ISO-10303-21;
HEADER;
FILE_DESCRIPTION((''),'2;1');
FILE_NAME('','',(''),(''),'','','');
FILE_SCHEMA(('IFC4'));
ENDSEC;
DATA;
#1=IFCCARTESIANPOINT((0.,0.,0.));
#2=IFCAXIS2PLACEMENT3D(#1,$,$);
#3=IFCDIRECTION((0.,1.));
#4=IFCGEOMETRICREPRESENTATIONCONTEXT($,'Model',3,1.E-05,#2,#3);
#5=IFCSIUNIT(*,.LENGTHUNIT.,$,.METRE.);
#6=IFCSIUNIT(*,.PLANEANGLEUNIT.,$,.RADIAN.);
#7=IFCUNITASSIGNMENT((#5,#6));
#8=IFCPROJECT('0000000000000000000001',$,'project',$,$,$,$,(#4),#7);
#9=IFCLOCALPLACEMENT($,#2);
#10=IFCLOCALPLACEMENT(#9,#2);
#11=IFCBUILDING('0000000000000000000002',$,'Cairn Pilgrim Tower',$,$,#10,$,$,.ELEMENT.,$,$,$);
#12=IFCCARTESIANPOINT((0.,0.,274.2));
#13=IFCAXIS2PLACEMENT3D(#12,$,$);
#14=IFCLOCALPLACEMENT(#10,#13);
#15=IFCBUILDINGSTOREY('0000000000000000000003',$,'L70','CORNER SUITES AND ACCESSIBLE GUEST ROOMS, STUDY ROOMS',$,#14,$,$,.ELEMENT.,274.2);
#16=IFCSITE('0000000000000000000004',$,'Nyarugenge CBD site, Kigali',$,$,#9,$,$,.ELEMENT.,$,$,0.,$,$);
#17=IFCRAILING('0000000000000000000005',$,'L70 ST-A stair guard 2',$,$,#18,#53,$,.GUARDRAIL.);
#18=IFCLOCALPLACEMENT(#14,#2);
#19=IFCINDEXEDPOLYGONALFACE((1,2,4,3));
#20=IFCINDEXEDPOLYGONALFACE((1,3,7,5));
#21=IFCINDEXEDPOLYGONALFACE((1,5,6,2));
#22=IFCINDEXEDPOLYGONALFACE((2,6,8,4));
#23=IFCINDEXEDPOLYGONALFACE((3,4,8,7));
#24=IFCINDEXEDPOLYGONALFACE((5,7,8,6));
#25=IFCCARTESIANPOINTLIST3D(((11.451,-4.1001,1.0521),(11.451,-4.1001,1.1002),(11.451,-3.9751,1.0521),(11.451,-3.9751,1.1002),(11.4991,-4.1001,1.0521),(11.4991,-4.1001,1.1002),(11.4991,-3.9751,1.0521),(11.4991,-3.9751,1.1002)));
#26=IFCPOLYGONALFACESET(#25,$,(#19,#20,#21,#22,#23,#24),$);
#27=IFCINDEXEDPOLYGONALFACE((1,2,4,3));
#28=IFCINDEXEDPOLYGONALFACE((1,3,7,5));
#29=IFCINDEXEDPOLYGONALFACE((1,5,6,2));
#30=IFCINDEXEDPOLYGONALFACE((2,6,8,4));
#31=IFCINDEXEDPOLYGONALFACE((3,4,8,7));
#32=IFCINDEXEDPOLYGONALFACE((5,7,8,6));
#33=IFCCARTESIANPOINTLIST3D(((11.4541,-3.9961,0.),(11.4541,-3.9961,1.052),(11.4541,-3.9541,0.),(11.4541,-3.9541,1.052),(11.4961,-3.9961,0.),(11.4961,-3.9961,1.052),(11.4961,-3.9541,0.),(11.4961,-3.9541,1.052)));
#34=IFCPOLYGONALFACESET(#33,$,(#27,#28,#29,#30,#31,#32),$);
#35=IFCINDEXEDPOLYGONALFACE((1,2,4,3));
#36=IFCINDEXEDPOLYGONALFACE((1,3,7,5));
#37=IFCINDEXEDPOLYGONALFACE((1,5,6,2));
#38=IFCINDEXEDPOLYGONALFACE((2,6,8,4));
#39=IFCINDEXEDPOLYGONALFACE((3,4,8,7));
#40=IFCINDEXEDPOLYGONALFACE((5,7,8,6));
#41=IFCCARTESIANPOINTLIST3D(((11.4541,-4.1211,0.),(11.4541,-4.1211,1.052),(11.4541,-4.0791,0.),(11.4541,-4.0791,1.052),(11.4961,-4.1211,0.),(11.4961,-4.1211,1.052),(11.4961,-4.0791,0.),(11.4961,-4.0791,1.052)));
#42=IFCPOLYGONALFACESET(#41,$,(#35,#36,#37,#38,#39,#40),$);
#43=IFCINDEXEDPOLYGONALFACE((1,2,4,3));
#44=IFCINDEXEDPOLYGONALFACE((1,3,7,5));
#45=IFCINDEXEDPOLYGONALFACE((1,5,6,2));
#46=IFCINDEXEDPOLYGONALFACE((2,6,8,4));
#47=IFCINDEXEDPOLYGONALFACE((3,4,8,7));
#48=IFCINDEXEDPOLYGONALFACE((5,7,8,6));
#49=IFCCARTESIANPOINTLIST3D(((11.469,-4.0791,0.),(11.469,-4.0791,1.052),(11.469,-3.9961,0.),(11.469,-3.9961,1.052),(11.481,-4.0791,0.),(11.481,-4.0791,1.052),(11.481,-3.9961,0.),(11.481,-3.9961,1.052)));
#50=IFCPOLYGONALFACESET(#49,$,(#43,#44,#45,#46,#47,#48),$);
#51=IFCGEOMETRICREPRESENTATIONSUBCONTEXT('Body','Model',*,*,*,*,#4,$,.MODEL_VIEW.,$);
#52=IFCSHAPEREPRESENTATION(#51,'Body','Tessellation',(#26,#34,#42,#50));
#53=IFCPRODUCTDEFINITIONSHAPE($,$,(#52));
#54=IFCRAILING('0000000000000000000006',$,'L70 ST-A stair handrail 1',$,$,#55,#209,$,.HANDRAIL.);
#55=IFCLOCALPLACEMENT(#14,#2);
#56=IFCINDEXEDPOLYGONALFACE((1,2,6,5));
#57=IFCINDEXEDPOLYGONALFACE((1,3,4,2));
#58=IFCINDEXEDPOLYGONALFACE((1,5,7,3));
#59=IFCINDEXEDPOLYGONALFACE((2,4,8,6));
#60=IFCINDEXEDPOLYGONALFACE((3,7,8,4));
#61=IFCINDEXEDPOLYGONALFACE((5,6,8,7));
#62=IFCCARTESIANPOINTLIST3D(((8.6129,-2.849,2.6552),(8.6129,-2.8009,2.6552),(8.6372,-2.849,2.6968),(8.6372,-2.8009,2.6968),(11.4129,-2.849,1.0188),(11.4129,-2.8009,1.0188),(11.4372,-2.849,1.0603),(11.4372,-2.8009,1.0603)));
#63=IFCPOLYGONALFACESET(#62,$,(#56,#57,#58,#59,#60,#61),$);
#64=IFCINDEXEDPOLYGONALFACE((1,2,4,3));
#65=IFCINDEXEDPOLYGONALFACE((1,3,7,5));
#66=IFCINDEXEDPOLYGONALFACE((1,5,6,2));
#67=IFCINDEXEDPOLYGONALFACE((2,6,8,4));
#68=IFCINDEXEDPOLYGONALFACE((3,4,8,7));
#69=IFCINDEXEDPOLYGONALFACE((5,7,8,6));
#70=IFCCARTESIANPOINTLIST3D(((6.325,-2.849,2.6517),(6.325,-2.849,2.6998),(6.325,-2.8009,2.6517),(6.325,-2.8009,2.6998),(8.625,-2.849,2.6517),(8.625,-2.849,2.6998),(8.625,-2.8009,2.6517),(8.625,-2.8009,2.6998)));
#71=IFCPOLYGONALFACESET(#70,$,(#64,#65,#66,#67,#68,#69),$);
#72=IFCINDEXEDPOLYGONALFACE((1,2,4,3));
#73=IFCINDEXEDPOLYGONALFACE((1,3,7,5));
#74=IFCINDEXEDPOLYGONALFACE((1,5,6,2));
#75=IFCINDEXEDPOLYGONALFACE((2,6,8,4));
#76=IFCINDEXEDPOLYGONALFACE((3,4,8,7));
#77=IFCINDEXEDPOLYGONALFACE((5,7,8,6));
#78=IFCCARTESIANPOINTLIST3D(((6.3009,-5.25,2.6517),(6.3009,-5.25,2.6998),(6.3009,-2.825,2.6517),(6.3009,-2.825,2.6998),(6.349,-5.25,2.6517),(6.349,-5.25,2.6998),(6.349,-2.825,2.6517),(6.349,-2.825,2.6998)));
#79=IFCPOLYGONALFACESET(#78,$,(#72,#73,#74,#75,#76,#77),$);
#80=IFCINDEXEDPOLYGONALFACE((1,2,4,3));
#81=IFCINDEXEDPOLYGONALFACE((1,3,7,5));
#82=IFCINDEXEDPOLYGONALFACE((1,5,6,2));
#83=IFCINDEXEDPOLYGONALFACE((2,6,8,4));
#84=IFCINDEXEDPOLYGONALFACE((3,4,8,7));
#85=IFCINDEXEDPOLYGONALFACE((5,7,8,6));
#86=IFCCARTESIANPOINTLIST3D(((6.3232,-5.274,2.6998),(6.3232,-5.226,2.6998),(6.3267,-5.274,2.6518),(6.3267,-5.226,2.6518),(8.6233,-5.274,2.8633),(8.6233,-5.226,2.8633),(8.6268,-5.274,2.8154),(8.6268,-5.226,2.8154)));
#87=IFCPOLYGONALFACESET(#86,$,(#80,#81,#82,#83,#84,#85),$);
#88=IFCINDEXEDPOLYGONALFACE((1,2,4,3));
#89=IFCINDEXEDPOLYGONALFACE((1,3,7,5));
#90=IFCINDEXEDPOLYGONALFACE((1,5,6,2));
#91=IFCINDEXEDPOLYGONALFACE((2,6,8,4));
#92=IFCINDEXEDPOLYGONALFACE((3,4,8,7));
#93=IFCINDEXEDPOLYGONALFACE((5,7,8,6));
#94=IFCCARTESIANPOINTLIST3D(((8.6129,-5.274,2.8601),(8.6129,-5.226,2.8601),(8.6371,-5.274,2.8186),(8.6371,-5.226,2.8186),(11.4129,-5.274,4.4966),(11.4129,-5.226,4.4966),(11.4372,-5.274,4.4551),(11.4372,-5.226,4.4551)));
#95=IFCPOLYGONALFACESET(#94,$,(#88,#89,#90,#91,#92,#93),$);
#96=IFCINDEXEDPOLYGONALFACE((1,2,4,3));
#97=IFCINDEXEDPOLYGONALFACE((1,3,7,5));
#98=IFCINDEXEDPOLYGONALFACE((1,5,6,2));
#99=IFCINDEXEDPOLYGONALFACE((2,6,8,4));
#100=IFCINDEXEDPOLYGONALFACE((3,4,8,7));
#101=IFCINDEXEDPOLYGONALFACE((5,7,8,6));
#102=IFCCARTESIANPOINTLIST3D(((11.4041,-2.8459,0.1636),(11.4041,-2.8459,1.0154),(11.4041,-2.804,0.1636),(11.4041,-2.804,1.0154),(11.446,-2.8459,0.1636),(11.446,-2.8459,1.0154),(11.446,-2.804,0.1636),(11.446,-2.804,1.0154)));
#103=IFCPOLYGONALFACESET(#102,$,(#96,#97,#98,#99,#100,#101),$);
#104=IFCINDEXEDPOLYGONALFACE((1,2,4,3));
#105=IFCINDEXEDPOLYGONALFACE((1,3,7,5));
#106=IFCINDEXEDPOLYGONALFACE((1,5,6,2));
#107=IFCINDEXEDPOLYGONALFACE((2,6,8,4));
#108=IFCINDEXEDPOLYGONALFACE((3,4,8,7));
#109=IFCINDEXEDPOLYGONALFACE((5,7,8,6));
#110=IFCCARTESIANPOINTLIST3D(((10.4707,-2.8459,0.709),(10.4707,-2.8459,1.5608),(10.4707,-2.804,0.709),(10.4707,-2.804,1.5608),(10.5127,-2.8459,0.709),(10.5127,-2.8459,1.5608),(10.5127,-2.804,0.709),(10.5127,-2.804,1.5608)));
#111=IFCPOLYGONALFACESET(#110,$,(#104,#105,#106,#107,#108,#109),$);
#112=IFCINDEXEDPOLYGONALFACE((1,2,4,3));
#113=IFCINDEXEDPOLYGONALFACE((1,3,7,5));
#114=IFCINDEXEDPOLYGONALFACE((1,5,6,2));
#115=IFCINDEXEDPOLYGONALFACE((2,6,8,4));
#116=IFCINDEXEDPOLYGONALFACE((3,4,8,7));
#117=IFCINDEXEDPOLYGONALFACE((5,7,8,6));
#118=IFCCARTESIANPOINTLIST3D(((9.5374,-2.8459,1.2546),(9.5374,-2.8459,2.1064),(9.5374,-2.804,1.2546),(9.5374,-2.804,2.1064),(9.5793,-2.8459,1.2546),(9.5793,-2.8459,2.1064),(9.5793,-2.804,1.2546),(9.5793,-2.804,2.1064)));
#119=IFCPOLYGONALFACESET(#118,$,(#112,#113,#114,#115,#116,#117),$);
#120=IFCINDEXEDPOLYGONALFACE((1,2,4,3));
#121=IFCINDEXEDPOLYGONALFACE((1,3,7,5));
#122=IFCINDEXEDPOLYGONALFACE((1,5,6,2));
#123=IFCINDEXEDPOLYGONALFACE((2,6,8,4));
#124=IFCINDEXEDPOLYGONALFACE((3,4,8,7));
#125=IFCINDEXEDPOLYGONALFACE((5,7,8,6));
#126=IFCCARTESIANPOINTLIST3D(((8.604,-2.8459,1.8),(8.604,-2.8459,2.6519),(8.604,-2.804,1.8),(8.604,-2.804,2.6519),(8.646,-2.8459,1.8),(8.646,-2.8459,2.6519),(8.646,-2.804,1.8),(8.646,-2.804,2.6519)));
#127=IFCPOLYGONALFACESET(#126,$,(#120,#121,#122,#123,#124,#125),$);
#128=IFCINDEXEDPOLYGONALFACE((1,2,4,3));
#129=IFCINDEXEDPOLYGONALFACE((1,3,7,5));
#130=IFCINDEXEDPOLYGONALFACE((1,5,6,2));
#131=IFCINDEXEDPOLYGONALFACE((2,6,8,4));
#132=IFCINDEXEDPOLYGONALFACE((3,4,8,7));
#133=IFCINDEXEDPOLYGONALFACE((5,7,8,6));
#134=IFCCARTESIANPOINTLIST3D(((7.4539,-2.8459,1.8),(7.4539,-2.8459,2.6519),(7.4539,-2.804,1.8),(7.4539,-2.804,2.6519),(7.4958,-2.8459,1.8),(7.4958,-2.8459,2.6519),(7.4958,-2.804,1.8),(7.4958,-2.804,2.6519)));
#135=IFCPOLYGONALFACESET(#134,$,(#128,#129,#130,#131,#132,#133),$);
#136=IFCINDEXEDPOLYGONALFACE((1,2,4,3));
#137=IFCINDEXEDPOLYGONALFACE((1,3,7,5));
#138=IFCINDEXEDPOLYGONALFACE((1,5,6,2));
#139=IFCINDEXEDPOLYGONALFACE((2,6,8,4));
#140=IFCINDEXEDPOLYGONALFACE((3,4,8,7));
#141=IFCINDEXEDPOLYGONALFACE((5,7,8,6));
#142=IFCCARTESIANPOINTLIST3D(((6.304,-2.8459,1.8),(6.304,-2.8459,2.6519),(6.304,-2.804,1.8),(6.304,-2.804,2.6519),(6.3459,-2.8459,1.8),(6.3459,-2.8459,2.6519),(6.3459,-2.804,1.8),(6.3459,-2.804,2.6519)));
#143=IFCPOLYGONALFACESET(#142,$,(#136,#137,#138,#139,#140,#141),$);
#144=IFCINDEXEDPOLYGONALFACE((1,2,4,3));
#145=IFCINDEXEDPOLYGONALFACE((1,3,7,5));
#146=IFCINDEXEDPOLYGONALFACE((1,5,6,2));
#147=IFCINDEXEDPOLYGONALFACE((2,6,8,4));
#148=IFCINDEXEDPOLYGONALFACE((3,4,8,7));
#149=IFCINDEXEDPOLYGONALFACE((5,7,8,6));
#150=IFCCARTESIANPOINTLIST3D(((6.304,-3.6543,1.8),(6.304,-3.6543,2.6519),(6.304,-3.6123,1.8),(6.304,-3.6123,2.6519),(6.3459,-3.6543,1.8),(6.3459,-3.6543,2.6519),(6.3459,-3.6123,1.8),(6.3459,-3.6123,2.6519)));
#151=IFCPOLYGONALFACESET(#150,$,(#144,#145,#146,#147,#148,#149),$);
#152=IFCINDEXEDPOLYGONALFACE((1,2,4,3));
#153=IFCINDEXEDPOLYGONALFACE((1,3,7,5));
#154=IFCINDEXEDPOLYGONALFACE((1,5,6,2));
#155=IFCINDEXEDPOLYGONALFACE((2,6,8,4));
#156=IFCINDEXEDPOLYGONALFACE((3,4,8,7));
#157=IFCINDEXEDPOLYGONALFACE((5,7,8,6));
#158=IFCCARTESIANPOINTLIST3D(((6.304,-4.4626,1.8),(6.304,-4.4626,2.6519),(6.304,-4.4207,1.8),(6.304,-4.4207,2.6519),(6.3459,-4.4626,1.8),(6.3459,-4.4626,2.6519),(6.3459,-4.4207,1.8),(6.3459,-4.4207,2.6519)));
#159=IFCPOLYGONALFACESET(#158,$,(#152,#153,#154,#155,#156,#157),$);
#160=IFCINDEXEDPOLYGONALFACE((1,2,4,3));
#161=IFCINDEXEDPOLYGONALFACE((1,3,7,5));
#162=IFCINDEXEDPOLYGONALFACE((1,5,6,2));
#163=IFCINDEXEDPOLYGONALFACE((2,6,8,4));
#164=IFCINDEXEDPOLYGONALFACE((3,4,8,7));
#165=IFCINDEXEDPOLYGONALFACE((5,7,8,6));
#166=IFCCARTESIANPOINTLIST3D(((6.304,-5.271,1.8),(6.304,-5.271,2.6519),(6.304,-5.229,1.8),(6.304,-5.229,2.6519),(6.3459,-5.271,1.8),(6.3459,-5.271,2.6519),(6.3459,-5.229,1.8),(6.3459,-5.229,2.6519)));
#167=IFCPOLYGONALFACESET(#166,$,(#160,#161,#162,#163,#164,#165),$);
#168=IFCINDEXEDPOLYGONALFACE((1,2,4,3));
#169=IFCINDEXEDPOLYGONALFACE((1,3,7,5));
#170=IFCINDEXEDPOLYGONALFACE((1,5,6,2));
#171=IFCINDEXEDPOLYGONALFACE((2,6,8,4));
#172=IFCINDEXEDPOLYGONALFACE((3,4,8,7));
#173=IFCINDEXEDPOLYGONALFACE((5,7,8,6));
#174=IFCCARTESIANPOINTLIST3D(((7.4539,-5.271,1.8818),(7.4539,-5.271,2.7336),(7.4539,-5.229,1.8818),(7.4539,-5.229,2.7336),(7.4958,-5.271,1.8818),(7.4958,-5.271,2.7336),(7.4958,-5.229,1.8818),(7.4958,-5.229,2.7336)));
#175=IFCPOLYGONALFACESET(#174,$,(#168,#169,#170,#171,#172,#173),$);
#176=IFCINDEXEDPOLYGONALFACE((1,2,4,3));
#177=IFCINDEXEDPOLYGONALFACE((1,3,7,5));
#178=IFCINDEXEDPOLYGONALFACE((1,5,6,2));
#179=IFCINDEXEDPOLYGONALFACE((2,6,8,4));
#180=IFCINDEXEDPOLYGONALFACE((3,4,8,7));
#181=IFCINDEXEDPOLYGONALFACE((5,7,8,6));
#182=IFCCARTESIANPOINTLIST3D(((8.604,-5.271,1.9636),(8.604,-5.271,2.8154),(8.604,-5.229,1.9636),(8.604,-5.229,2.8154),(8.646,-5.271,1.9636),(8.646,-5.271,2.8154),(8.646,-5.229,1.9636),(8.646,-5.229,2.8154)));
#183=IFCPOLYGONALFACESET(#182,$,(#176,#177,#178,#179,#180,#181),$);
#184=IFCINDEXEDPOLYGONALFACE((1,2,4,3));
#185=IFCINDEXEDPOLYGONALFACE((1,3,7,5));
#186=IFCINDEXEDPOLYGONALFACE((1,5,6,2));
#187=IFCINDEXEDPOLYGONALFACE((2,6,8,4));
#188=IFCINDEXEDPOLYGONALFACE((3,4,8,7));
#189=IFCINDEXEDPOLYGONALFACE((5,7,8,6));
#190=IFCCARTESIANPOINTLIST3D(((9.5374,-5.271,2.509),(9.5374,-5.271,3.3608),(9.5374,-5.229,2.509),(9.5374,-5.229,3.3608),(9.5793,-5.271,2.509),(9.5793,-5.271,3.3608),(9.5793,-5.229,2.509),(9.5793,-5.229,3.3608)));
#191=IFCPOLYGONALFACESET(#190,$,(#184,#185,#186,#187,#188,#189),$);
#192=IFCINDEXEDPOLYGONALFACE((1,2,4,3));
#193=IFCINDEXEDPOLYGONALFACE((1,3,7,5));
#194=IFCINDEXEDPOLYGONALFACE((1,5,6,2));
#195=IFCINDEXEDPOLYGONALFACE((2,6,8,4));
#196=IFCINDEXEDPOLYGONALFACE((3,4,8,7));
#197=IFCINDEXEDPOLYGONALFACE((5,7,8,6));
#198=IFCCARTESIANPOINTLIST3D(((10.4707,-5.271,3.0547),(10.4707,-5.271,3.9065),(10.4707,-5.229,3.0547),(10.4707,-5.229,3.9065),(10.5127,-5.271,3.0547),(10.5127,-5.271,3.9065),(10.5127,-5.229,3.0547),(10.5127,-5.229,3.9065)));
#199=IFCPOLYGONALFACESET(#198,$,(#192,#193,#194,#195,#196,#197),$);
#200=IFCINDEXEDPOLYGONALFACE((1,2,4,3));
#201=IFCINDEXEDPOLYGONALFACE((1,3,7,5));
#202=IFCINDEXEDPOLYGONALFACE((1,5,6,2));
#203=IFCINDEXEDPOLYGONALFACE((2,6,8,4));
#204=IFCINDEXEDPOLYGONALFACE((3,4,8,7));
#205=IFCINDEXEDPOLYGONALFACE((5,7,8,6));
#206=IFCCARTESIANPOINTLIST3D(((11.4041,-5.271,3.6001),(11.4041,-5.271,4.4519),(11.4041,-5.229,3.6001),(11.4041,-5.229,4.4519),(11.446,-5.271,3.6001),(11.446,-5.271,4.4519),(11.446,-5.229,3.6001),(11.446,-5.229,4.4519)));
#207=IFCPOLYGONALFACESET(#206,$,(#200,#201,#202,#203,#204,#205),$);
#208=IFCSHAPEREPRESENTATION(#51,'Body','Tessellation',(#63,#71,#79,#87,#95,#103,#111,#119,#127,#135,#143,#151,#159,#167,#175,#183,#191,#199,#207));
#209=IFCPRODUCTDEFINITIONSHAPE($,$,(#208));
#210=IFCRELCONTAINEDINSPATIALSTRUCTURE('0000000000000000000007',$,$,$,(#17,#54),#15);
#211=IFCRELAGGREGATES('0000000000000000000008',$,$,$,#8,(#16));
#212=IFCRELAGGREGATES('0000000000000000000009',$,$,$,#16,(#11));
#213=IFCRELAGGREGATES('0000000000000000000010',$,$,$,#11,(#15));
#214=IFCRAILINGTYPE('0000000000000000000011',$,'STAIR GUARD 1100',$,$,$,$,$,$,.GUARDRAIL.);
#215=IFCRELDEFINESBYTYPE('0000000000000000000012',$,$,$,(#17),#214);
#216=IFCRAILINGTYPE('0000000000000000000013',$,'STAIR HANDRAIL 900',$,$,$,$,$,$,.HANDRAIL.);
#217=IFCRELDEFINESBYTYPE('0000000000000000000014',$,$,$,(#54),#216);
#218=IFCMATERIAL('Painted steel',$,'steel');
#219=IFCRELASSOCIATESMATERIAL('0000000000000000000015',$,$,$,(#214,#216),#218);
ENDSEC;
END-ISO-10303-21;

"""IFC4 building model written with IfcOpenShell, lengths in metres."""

from ifc_helpers import new_model, si_unit, direction, frame, origin, origin_2d, place, context, subcontext, project, spatial, polyline, rectangle, outline, extrude, material, type_object, element, save


model = new_model("IFC4")

# Units and contexts
model_context = context("Model", 3, precision=1e-05, world=origin(), true_north=direction((0.0, 1.0)))
body_context = subcontext(model_context, "Body", "Model", "MODEL_VIEW")
ifc_project = project(units=[si_unit("LENGTHUNIT", "METRE"), si_unit("PLANEANGLEUNIT", "RADIAN")], contexts=[model_context])

# Site, building, storey
site_placement = place(None, origin())
site = spatial("IfcSite", under=ifc_project, at=site_placement, Name="Nyarugenge CBD site, Kigali", CompositionType="ELEMENT", RefElevation=0.0)
building_placement = place(site_placement, origin())
building = spatial("IfcBuilding", under=site, at=building_placement, Name="Cairn Pilgrim Tower", CompositionType="ELEMENT")
storey_placement = place(building_placement, frame((0.0, 0.0, 274.2)))
storey = spatial("IfcBuildingStorey", under=building, at=storey_placement, Name="L70", Description="CORNER SUITES AND ACCESSIBLE GUEST ROOMS, STUDY ROOMS", CompositionType="ELEMENT", Elevation=274.2)

# Shared definitions
ifc_material_1 = material(Name="Painted steel", Category="steel")

# Railings
railing_type_1 = type_object("IfcRailingType", Name="STAIR GUARD 1100", PredefinedType="GUARDRAIL", material=ifc_material_1)
railing_1_placement = place(storey_placement, frame((11.4751, -3.9751, 0.0)))
element("IfcRailing", 1, at=railing_1_placement, inside=storey, type_object=railing_type_1, Name="L70 ST-A stair guard 2", PredefinedType="GUARDRAIL", context=body_context, shape_type="SweptSolid", body=[
    extrude(rectangle(XDim=0.0481, YDim=0.0481, at=origin_2d()), frame((0.0, 0.0, 1.0762), z_axis=(0.0, -1.0, 0.0), x_axis=(1.0, 0.0, 0.0)), (0.0, 0.0, 1.0), 0.125),
    extrude(rectangle(XDim=0.042, YDim=0.042, at=origin_2d()), origin(), (0.0, 0.0, 1.0), 1.052),
    extrude(rectangle(XDim=0.042, YDim=0.042, at=origin_2d()), frame((0.0, -0.125, 0.0)), (0.0, 0.0, 1.0), 1.052),
    extrude(outline(polyline([(0.021, 0.0), (0.104, 0.0), (0.104, 1.052), (0.021, 1.052), (0.021, 0.0)])), frame((0.0059, 0.0, 0.0), z_axis=(-1.0, 0.0, 0.0), x_axis=(0.0, -1.0, 0.0)), (0.0, 0.0, 1.0), 0.012),
])
railing_type_2 = type_object("IfcRailingType", Name="STAIR HANDRAIL 900", PredefinedType="HANDRAIL", material=ifc_material_1)
railing_2_placement = place(storey_placement, frame((11.425, -2.825, 0.1636)))
element("IfcRailing", 2, at=railing_2_placement, inside=storey, type_object=railing_type_2, Name="L70 ST-A stair handrail 1", PredefinedType="HANDRAIL", context=body_context, shape_type="SweptSolid", body=[
    extrude(rectangle(XDim=0.0481, YDim=0.0481, at=origin_2d()), frame((0.0, 0.0, 0.876), z_axis=(-0.863361, 0.0, 0.504587), x_axis=(0.0, -1.0, 0.0)), (0.0, 0.0, 1.0), 3.2432),
    extrude(rectangle(XDim=0.0481, YDim=0.0481, at=origin_2d()), frame((-2.8, 0.0, 2.5122), z_axis=(-1.0, 0.0, 0.0), x_axis=(0.0, -1.0, 0.0)), (0.0, 0.0, 1.0), 2.3),
    extrude(rectangle(XDim=0.0481, YDim=0.0481, at=origin_2d()), frame((-5.1001, 0.0, 2.5122), z_axis=(0.0, -1.0, 0.0), x_axis=(1.0, 0.0, 0.0)), (0.0, 0.0, 1.0), 2.425),
    extrude(rectangle(XDim=0.0481, YDim=0.0481, at=origin_2d()), frame((-5.1001, -2.425, 2.5122), z_axis=(0.997481, 0.0, 0.070939), x_axis=(0.0, 1.0, 0.0)), (0.0, 0.0, 1.0), 2.3059),
    extrude(rectangle(XDim=0.0481, YDim=0.0481, at=origin_2d()), frame((-2.8, -2.425, 2.6758), z_axis=(0.863361, 0.0, 0.504587), x_axis=(0.0, 1.0, 0.0)), (0.0, 0.0, 1.0), 3.2432),
    extrude(rectangle(XDim=0.042, YDim=0.042, at=origin_2d()), origin(), (0.0, 0.0, 1.0), 0.8518),
    extrude(rectangle(XDim=0.042, YDim=0.042, at=origin_2d()), frame((-0.9333, 0.0, 0.5454)), (0.0, 0.0, 1.0), 0.8518),
    extrude(rectangle(XDim=0.042, YDim=0.042, at=origin_2d()), frame((-1.8667, 0.0, 1.0911)), (0.0, 0.0, 1.0), 0.8518),
    extrude(rectangle(XDim=0.042, YDim=0.042, at=origin_2d()), frame((-2.8, 0.0, 1.6365)), (0.0, 0.0, 1.0), 0.8518),
    extrude(rectangle(XDim=0.042, YDim=0.042, at=origin_2d()), frame((-3.9502, 0.0, 1.6365)), (0.0, 0.0, 1.0), 0.8518),
    extrude(rectangle(XDim=0.042, YDim=0.042, at=origin_2d()), frame((-5.1001, 0.0, 1.6365)), (0.0, 0.0, 1.0), 0.8518),
    extrude(rectangle(XDim=0.042, YDim=0.042, at=origin_2d()), frame((-5.1001, -0.8083, 1.6365)), (0.0, 0.0, 1.0), 0.8518),
    extrude(rectangle(XDim=0.042, YDim=0.042, at=origin_2d()), frame((-5.1001, -1.6167, 1.6365)), (0.0, 0.0, 1.0), 0.8518),
    extrude(rectangle(XDim=0.042, YDim=0.042, at=origin_2d()), frame((-5.1001, -2.425, 1.6365)), (0.0, 0.0, 1.0), 0.8518),
    extrude(rectangle(XDim=0.042, YDim=0.042, at=origin_2d()), frame((-3.9502, -2.425, 1.7183)), (0.0, 0.0, 1.0), 0.8518),
    extrude(rectangle(XDim=0.042, YDim=0.042, at=origin_2d()), frame((-2.8, -2.425, 1.8)), (0.0, 0.0, 1.0), 0.8518),
    extrude(rectangle(XDim=0.042, YDim=0.042, at=origin_2d()), frame((-1.8667, -2.425, 2.3455)), (0.0, 0.0, 1.0), 0.8518),
    extrude(rectangle(XDim=0.042, YDim=0.042, at=origin_2d()), frame((-0.9333, -2.425, 2.8911)), (0.0, 0.0, 1.0), 0.8518),
    extrude(rectangle(XDim=0.042, YDim=0.042, at=origin_2d()), frame((0.0, -2.425, 3.4365)), (0.0, 0.0, 1.0), 0.8518),
])

save(model, "model.ifc")
